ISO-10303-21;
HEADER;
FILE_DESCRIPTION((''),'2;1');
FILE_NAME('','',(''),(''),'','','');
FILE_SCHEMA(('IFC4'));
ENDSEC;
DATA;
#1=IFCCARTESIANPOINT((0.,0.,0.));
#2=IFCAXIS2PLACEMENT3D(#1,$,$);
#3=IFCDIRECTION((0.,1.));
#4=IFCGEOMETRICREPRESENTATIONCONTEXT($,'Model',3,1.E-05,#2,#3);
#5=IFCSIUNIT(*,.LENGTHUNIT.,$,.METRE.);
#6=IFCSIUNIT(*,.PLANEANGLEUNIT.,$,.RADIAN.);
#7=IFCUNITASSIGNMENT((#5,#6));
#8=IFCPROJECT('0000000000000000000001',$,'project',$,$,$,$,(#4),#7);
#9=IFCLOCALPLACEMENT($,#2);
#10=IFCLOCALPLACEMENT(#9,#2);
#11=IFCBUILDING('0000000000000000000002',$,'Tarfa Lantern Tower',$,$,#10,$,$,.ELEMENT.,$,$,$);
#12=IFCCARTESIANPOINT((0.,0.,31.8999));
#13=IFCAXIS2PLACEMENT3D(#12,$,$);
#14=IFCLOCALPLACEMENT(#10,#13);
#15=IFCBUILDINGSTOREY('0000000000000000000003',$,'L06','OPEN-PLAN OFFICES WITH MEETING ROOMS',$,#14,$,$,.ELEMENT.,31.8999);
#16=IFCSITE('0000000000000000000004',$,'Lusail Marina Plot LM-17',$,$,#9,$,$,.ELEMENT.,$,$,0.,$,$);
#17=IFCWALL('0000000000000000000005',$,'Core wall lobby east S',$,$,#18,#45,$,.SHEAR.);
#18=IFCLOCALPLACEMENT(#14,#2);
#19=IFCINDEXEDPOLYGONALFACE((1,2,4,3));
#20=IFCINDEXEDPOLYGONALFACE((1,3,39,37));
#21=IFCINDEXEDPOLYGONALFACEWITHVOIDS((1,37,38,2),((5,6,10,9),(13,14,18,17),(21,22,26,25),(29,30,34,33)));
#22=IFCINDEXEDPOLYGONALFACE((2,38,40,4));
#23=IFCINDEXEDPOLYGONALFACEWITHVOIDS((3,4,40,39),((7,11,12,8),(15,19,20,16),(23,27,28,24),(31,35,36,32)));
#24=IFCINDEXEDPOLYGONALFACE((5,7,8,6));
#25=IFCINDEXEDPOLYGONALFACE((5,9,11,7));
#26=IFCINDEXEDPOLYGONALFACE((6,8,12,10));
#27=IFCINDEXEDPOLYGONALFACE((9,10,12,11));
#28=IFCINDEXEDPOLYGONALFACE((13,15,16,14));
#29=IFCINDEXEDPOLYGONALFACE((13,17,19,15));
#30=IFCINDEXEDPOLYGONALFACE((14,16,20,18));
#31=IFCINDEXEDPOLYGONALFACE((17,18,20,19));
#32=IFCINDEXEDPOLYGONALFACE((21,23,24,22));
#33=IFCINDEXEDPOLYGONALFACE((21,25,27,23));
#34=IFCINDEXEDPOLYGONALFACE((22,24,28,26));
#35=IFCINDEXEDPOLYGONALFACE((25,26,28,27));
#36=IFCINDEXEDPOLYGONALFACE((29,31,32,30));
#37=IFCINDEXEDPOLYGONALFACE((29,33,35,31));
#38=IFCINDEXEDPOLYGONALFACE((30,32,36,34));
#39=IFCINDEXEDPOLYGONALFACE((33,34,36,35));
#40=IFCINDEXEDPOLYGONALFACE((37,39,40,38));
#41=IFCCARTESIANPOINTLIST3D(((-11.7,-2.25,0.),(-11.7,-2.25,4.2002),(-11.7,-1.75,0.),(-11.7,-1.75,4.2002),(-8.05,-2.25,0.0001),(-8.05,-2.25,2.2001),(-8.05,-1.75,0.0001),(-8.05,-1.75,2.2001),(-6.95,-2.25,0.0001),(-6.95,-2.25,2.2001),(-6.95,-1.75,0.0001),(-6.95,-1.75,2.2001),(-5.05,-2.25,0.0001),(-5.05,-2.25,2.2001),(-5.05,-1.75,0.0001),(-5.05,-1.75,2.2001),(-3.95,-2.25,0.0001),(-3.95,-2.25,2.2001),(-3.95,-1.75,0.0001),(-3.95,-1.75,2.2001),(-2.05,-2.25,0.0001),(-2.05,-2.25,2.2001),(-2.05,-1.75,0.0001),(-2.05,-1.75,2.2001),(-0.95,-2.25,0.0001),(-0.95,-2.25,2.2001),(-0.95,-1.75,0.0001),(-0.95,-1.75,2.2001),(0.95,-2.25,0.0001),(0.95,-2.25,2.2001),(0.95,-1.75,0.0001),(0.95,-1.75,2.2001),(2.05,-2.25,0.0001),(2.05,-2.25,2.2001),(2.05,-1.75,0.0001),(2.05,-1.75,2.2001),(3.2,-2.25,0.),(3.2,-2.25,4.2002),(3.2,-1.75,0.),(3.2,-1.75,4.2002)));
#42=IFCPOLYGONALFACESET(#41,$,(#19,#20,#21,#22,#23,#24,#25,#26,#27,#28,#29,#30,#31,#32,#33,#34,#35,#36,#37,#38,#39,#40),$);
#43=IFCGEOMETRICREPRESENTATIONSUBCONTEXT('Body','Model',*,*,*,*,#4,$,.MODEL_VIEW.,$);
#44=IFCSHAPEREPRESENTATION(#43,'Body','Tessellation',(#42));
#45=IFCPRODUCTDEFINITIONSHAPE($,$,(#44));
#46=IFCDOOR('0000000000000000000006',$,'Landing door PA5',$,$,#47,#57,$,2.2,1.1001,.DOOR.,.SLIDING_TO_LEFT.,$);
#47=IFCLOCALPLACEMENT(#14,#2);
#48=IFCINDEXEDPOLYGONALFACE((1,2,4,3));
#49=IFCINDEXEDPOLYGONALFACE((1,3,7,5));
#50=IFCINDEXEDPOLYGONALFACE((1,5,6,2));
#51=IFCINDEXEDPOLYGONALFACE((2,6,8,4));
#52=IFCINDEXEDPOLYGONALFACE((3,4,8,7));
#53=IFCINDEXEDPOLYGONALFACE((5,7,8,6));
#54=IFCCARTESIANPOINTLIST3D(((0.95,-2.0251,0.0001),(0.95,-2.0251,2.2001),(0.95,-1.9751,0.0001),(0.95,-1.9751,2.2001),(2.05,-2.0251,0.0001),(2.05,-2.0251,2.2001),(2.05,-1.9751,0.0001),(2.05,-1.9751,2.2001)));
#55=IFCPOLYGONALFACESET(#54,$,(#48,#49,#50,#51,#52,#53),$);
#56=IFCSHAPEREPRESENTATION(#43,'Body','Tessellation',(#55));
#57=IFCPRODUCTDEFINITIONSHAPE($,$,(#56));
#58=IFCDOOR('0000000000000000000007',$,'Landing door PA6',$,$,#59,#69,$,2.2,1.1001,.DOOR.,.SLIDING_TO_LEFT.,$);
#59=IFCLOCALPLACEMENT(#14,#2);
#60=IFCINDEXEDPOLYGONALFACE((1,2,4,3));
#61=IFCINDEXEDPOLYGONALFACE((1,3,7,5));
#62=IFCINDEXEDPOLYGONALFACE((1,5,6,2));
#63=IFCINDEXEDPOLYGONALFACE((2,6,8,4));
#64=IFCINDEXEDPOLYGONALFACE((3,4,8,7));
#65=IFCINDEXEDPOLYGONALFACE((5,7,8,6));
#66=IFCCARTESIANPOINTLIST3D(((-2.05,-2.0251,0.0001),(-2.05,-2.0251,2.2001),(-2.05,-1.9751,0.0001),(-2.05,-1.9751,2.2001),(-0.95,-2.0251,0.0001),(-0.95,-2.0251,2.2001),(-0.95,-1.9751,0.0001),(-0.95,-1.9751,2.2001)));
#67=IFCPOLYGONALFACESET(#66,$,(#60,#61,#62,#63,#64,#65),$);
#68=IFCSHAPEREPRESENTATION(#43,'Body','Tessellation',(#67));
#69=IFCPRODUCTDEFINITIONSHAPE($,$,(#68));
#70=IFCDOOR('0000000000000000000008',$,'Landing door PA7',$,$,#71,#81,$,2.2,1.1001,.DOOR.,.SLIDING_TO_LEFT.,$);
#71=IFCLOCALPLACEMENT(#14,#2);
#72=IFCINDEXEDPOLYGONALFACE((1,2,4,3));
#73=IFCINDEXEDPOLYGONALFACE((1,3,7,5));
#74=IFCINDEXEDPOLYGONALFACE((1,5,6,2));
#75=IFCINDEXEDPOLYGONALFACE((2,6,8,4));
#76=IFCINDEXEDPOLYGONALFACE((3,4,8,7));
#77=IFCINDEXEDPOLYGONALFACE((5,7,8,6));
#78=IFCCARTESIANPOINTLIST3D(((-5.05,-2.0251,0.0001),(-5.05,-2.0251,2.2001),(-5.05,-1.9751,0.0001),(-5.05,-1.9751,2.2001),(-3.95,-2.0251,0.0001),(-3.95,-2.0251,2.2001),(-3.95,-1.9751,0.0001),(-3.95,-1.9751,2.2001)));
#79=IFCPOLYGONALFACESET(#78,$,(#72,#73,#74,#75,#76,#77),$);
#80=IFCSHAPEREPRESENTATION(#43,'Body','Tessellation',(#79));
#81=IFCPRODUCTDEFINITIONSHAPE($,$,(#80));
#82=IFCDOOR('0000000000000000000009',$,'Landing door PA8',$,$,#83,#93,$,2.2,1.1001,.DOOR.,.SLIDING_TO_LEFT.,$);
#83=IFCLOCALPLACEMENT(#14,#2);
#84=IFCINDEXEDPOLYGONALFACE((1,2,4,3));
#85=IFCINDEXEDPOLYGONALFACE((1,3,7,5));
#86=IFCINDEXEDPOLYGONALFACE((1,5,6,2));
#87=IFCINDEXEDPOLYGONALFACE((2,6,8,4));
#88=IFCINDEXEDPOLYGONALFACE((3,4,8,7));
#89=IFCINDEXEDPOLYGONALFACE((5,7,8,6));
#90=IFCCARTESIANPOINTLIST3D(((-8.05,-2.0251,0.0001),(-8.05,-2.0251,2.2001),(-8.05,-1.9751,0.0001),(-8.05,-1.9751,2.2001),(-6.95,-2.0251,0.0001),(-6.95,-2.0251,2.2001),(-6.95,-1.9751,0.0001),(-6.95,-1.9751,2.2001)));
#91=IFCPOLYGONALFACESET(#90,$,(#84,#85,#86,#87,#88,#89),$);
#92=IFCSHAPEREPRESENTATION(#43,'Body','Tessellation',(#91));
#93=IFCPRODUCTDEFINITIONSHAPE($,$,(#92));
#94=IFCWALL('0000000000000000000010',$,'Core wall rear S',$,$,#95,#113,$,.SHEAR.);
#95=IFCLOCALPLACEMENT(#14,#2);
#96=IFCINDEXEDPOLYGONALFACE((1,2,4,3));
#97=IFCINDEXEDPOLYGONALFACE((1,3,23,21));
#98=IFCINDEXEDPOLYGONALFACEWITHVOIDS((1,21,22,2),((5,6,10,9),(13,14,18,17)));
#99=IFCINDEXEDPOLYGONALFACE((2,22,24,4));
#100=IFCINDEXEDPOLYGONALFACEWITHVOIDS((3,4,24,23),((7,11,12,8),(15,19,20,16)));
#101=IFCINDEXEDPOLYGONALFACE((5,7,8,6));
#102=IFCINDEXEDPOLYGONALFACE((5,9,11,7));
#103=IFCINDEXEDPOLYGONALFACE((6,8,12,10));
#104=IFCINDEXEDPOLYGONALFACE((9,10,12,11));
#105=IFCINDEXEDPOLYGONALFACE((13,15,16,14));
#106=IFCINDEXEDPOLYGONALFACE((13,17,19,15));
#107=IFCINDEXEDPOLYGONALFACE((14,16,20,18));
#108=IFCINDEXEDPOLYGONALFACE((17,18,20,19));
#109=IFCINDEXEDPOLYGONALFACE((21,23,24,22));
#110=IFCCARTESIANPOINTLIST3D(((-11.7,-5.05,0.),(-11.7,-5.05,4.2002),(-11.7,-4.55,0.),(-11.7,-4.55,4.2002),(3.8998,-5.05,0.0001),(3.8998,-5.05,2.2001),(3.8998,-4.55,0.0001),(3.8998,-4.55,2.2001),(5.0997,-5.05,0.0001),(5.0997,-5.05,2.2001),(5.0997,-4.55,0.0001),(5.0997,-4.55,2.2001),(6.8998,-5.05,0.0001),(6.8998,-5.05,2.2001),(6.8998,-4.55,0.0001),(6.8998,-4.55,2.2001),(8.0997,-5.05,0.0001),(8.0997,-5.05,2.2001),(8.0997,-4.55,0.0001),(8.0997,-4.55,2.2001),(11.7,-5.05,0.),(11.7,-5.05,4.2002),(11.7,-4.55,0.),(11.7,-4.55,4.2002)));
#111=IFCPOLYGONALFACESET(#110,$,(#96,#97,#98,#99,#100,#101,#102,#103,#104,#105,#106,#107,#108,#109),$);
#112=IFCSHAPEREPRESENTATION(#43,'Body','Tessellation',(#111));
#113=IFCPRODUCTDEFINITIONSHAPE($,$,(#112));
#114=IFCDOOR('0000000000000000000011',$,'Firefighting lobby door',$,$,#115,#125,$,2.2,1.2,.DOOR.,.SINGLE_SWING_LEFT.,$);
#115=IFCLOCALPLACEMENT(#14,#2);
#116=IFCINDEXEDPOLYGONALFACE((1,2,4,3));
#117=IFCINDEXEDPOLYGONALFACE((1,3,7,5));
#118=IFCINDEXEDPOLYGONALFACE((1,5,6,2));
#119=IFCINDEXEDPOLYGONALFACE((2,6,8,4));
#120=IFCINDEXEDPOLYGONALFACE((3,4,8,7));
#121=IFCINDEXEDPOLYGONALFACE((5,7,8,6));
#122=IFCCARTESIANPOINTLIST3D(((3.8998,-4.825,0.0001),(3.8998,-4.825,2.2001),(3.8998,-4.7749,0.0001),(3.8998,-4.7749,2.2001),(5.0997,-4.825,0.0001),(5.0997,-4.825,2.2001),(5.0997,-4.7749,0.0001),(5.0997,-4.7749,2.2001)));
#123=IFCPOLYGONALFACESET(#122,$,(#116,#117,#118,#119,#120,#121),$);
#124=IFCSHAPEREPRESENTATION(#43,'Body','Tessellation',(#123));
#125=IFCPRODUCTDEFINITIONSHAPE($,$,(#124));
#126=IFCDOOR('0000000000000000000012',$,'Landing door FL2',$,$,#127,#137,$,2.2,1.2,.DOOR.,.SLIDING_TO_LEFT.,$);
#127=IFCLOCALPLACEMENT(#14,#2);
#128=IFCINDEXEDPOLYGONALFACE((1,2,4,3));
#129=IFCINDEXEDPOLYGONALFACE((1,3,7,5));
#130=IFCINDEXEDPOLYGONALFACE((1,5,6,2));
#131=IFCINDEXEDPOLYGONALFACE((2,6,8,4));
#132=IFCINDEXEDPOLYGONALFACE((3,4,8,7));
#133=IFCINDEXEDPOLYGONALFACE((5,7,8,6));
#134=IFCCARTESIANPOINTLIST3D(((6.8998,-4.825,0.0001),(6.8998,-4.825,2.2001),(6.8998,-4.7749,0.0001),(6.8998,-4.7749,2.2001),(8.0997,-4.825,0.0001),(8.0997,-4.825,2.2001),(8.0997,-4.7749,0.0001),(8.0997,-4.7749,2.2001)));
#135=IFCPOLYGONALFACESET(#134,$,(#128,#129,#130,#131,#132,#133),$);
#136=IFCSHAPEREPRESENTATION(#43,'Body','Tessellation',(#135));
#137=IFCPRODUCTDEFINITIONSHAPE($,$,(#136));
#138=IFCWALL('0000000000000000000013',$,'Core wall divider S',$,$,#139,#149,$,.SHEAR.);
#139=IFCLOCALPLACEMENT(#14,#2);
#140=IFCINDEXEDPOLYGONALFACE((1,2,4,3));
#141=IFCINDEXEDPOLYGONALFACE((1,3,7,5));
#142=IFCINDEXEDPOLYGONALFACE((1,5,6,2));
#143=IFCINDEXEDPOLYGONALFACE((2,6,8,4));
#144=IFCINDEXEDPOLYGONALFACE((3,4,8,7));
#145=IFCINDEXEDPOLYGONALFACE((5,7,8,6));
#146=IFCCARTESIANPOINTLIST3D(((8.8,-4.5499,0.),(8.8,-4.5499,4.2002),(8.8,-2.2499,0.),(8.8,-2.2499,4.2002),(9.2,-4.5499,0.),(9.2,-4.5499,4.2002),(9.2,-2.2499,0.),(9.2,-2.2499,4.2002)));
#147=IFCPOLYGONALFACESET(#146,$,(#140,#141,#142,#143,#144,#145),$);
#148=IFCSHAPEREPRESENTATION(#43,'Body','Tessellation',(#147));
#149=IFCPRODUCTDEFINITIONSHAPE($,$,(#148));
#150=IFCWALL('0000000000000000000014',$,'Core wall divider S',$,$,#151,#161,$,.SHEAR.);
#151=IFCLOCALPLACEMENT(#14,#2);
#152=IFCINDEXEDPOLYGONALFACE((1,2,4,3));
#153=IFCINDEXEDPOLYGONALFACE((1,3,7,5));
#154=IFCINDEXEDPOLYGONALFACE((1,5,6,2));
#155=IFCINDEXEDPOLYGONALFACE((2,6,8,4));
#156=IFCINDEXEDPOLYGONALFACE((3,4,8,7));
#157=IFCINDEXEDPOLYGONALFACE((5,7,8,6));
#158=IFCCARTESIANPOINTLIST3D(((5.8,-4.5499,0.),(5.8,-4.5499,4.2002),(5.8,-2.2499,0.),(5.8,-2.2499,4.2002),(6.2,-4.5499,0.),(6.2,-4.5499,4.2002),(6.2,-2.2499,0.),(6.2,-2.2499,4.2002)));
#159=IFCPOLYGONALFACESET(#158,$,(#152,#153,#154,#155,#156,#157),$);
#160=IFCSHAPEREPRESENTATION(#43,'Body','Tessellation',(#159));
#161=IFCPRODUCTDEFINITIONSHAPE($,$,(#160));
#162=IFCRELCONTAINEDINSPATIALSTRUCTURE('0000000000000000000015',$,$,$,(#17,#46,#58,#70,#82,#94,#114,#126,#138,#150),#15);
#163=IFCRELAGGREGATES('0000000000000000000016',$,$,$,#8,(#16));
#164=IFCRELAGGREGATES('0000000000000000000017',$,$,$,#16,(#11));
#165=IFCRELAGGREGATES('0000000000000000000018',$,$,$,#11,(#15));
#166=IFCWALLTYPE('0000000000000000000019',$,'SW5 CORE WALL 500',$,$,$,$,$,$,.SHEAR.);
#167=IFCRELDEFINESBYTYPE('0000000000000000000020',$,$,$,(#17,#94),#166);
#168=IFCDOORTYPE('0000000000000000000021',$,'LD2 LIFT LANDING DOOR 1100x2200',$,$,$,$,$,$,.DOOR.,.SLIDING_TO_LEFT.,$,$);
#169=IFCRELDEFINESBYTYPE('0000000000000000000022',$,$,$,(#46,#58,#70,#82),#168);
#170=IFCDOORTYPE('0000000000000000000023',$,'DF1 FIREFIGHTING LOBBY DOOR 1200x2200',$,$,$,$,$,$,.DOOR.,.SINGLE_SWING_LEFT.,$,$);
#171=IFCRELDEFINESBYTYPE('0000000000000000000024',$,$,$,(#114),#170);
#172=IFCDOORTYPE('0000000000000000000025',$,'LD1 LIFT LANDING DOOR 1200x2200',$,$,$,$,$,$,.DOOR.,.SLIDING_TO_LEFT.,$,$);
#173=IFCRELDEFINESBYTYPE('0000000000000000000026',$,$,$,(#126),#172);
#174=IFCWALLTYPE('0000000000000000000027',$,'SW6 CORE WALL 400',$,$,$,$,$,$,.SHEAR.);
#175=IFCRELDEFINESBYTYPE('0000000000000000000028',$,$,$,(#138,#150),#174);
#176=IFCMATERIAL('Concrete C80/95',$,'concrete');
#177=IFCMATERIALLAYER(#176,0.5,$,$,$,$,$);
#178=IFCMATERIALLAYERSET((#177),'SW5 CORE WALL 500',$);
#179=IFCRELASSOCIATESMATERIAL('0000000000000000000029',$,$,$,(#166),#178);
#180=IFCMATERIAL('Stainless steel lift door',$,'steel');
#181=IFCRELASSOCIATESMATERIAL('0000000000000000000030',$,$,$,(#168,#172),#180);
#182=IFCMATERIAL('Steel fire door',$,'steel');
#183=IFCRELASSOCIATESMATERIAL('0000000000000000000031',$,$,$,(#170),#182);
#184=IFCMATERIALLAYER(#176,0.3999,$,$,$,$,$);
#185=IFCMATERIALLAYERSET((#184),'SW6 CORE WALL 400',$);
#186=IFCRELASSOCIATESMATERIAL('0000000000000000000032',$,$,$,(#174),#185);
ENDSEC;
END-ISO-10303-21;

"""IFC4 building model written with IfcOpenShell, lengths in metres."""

from ifc_helpers import new_model, si_unit, direction, frame, frame_2d, origin, place, context, subcontext, project, spatial, rectangle, extrude, material, layer, layer_set, type_object, element, fill, save


model = new_model("IFC4")

# Units and contexts
model_context = context("Model", 3, precision=1e-05, world=origin(), true_north=direction((0.0, 1.0)))
body_context = subcontext(model_context, "Body", "Model", "MODEL_VIEW")
ifc_project = project(units=[si_unit("LENGTHUNIT", "METRE"), si_unit("PLANEANGLEUNIT", "RADIAN")], contexts=[model_context])

# Site, building, storey
site_placement = place(None, origin())
site = spatial("IfcSite", under=ifc_project, at=site_placement, Name="Lusail Marina Plot LM-17", CompositionType="ELEMENT", RefElevation=0.0)
building_placement = place(site_placement, origin())
building = spatial("IfcBuilding", under=site, at=building_placement, Name="Tarfa Lantern Tower", CompositionType="ELEMENT")
storey_placement = place(building_placement, frame((0.0, 0.0, 31.8999)))
storey = spatial("IfcBuildingStorey", under=building, at=storey_placement, Name="L06", Description="OPEN-PLAN OFFICES WITH MEETING ROOMS", CompositionType="ELEMENT", Elevation=31.8999)

# Shared definitions
ifc_material_1 = material(Name="Concrete C80/95", Category="concrete")

# Shared definitions
ifc_material_2 = material(Name="Steel fire door", Category="steel")

# Shared definitions
ifc_layer_1 = layer(ifc_material_1, 0.5)
ifc_layer_set_1 = layer_set([ifc_layer_1], Name="SW5 CORE WALL 500")
wall_type_1 = type_object("IfcWallType", Name="SW5 CORE WALL 500", PredefinedType="SHEAR", material=ifc_layer_set_1)

# Walls, openings, doors
wall_1_placement = place(storey_placement, frame((3.2, -2.0, 0.0), z_axis=(0.0, 0.0, 1.0), x_axis=(-1.0, 0.0, 0.0)))
wall_1 = element("IfcWall", 1, at=wall_1_placement, inside=storey, type_object=wall_type_1, Name="Core wall lobby east S", PredefinedType="SHEAR", context=body_context, shape_type="SweptSolid", body=[
    extrude(rectangle(XDim=14.8999, YDim=0.5, at=frame_2d((7.45, 0.0))), origin(), (0.0, 0.0, 1.0), 4.2002),
])
opening_1_placement = place(wall_1_placement, frame((1.1499, 0.0, 0.0)))
opening_1 = element("IfcOpeningElement", 2, at=opening_1_placement, cuts=wall_1, PredefinedType="OPENING", context=body_context, shape_type="SweptSolid", body=[
    extrude(rectangle(XDim=1.1001, YDim=2.2, at=frame_2d((0.55, 1.1001))), frame((0.0, 0.26, 0.0), z_axis=(0.0, -1.0, 0.0), x_axis=(1.0, 0.0, 0.0)), (0.0, 0.0, 1.0), 0.52),
])
opening_2_placement = place(wall_1_placement, frame((4.1499, 0.0, 0.0)))
opening_2 = element("IfcOpeningElement", 3, at=opening_2_placement, cuts=wall_1, PredefinedType="OPENING", context=body_context, shape_type="SweptSolid", body=[
    extrude(rectangle(XDim=1.1001, YDim=2.2, at=frame_2d((0.55, 1.1001))), frame((0.0, 0.26, 0.0), z_axis=(0.0, -1.0, 0.0), x_axis=(1.0, 0.0, 0.0)), (0.0, 0.0, 1.0), 0.52),
])
opening_3_placement = place(wall_1_placement, frame((7.1499, 0.0, 0.0)))
opening_3 = element("IfcOpeningElement", 4, at=opening_3_placement, cuts=wall_1, PredefinedType="OPENING", context=body_context, shape_type="SweptSolid", body=[
    extrude(rectangle(XDim=1.1001, YDim=2.2, at=frame_2d((0.55, 1.1001))), frame((0.0, 0.26, 0.0), z_axis=(0.0, -1.0, 0.0), x_axis=(1.0, 0.0, 0.0)), (0.0, 0.0, 1.0), 0.52),
])
opening_4_placement = place(wall_1_placement, frame((10.1499, 0.0, 0.0)))
opening_4 = element("IfcOpeningElement", 5, at=opening_4_placement, cuts=wall_1, PredefinedType="OPENING", context=body_context, shape_type="SweptSolid", body=[
    extrude(rectangle(XDim=1.1001, YDim=2.2, at=frame_2d((0.55, 1.1001))), frame((0.0, 0.26, 0.0), z_axis=(0.0, -1.0, 0.0), x_axis=(1.0, 0.0, 0.0)), (0.0, 0.0, 1.0), 0.52),
])
ifc_material_3 = material(Name="Stainless steel lift door", Category="steel")
door_type_1 = type_object("IfcDoorType", Name="LD2 LIFT LANDING DOOR 1100x2200", OperationType="SLIDING_TO_LEFT", PredefinedType="DOOR", material=ifc_material_3)
door_1_placement = place(opening_1_placement, frame((1.1001, 0.0, 0.0), z_axis=(0.0, 0.0, 1.0), x_axis=(-1.0, 0.0, 0.0)))
door_1 = element("IfcDoor", 6, at=door_1_placement, inside=storey, type_object=door_type_1, Name="Landing door PA5", OperationType="SLIDING_TO_LEFT", OverallHeight=2.2, OverallWidth=1.1001, PredefinedType="DOOR", context=body_context, shape_type="SweptSolid", body=[
    extrude(rectangle(XDim=1.1001, YDim=2.2, at=frame_2d((0.55, 1.1001))), frame((0.0, 0.0249, 0.0), z_axis=(0.0, -1.0, 0.0), x_axis=(1.0, 0.0, 0.0)), (0.0, 0.0, 1.0), 0.05),
])
fill(opening_1, door_1)
door_2_placement = place(opening_2_placement, frame((1.1001, 0.0, 0.0), z_axis=(0.0, 0.0, 1.0), x_axis=(-1.0, 0.0, 0.0)))
door_2 = element("IfcDoor", 7, at=door_2_placement, inside=storey, type_object=door_type_1, Name="Landing door PA6", OperationType="SLIDING_TO_LEFT", OverallHeight=2.2, OverallWidth=1.1001, PredefinedType="DOOR", context=body_context, shape_type="SweptSolid", body=[
    extrude(rectangle(XDim=1.1001, YDim=2.2, at=frame_2d((0.55, 1.1001))), frame((0.0, 0.0249, 0.0), z_axis=(0.0, -1.0, 0.0), x_axis=(1.0, 0.0, 0.0)), (0.0, 0.0, 1.0), 0.05),
])
fill(opening_2, door_2)
door_3_placement = place(opening_3_placement, frame((1.1001, 0.0, 0.0), z_axis=(0.0, 0.0, 1.0), x_axis=(-1.0, 0.0, 0.0)))
door_3 = element("IfcDoor", 8, at=door_3_placement, inside=storey, type_object=door_type_1, Name="Landing door PA7", OperationType="SLIDING_TO_LEFT", OverallHeight=2.2, OverallWidth=1.1001, PredefinedType="DOOR", context=body_context, shape_type="SweptSolid", body=[
    extrude(rectangle(XDim=1.1001, YDim=2.2, at=frame_2d((0.55, 1.1001))), frame((0.0, 0.0249, 0.0), z_axis=(0.0, -1.0, 0.0), x_axis=(1.0, 0.0, 0.0)), (0.0, 0.0, 1.0), 0.05),
])
fill(opening_3, door_3)
door_4_placement = place(opening_4_placement, frame((1.1001, 0.0, 0.0), z_axis=(0.0, 0.0, 1.0), x_axis=(-1.0, 0.0, 0.0)))
door_4 = element("IfcDoor", 9, at=door_4_placement, inside=storey, type_object=door_type_1, Name="Landing door PA8", OperationType="SLIDING_TO_LEFT", OverallHeight=2.2, OverallWidth=1.1001, PredefinedType="DOOR", context=body_context, shape_type="SweptSolid", body=[
    extrude(rectangle(XDim=1.1001, YDim=2.2, at=frame_2d((0.55, 1.1001))), frame((0.0, 0.0249, 0.0), z_axis=(0.0, -1.0, 0.0), x_axis=(1.0, 0.0, 0.0)), (0.0, 0.0, 1.0), 0.05),
])
fill(opening_4, door_4)
wall_2_placement = place(storey_placement, frame((11.7, -4.8, 0.0), z_axis=(0.0, 0.0, 1.0), x_axis=(-1.0, 0.0, 0.0)))
wall_2 = element("IfcWall", 10, at=wall_2_placement, inside=storey, type_object=wall_type_1, Name="Core wall rear S", PredefinedType="SHEAR", context=body_context, shape_type="SweptSolid", body=[
    extrude(rectangle(XDim=23.3999, YDim=0.5, at=frame_2d((11.7, 0.0))), origin(), (0.0, 0.0, 1.0), 4.2002),
])
opening_5_placement = place(wall_2_placement, frame((6.6001, 0.0, 0.0)))
opening_5 = element("IfcOpeningElement", 11, at=opening_5_placement, cuts=wall_2, PredefinedType="OPENING", context=body_context, shape_type="SweptSolid", body=[
    extrude(rectangle(XDim=1.2, YDim=2.2, at=frame_2d((0.6001, 1.1001))), frame((0.0, 0.26, 0.0), z_axis=(0.0, -1.0, 0.0), x_axis=(1.0, 0.0, 0.0)), (0.0, 0.0, 1.0), 0.52),
])
opening_6_placement = place(wall_2_placement, frame((3.6001, 0.0, 0.0)))
opening_6 = element("IfcOpeningElement", 12, at=opening_6_placement, cuts=wall_2, PredefinedType="OPENING", context=body_context, shape_type="SweptSolid", body=[
    extrude(rectangle(XDim=1.2, YDim=2.2, at=frame_2d((0.6001, 1.1001))), frame((0.0, 0.26, 0.0), z_axis=(0.0, -1.0, 0.0), x_axis=(1.0, 0.0, 0.0)), (0.0, 0.0, 1.0), 0.52),
])
door_type_2 = type_object("IfcDoorType", Name="DF1 FIREFIGHTING LOBBY DOOR 1200x2200", OperationType="SINGLE_SWING_LEFT", PredefinedType="DOOR", material=ifc_material_2)
door_5_placement = place(opening_5_placement, origin())
door_5 = element("IfcDoor", 13, at=door_5_placement, inside=storey, type_object=door_type_2, Name="Firefighting lobby door", OperationType="SINGLE_SWING_LEFT", OverallHeight=2.2, OverallWidth=1.2, PredefinedType="DOOR", context=body_context, shape_type="SweptSolid", body=[
    extrude(rectangle(XDim=1.2, YDim=2.2, at=frame_2d((0.6001, 1.1001))), frame((0.0, 0.0249, 0.0), z_axis=(0.0, -1.0, 0.0), x_axis=(1.0, 0.0, 0.0)), (0.0, 0.0, 1.0), 0.05),
])
fill(opening_5, door_5)
door_type_3 = type_object("IfcDoorType", Name="LD1 LIFT LANDING DOOR 1200x2200", OperationType="SLIDING_TO_LEFT", PredefinedType="DOOR", material=ifc_material_3)
door_6_placement = place(opening_6_placement, origin())
door_6 = element("IfcDoor", 14, at=door_6_placement, inside=storey, type_object=door_type_3, Name="Landing door FL2", OperationType="SLIDING_TO_LEFT", OverallHeight=2.2, OverallWidth=1.2, PredefinedType="DOOR", context=body_context, shape_type="SweptSolid", body=[
    extrude(rectangle(XDim=1.2, YDim=2.2, at=frame_2d((0.6001, 1.1001))), frame((0.0, 0.0249, 0.0), z_axis=(0.0, -1.0, 0.0), x_axis=(1.0, 0.0, 0.0)), (0.0, 0.0, 1.0), 0.05),
])
fill(opening_6, door_6)

# Walls
ifc_layer_2 = layer(ifc_material_1, 0.3999)
ifc_layer_set_2 = layer_set([ifc_layer_2], Name="SW6 CORE WALL 400")
wall_type_2 = type_object("IfcWallType", Name="SW6 CORE WALL 400", PredefinedType="SHEAR", material=ifc_layer_set_2)
for number, where, z_axis, x_axis, name in (
    (15, (9.0, -2.25, 0.0), (0.0, 0.0, 1.0), (0.0, -1.0, 0.0), "Core wall divider S"),
    (16, (6.0, -2.25, 0.0), (0.0, 0.0, 1.0), (0.0, -1.0, 0.0), "Core wall divider S"),
):
    element("IfcWall", number, at=place(storey_placement, frame(where, z_axis=z_axis, x_axis=x_axis)), inside=storey, type_object=wall_type_2, Name=name, PredefinedType="SHEAR", context=body_context, shape_type="SweptSolid", body=[
        extrude(rectangle(XDim=2.3, YDim=0.3999, at=frame_2d((1.1499, 0.0))), origin(), (0.0, 0.0, 1.0), 4.2002),
    ])

save(model, "model.ifc")
